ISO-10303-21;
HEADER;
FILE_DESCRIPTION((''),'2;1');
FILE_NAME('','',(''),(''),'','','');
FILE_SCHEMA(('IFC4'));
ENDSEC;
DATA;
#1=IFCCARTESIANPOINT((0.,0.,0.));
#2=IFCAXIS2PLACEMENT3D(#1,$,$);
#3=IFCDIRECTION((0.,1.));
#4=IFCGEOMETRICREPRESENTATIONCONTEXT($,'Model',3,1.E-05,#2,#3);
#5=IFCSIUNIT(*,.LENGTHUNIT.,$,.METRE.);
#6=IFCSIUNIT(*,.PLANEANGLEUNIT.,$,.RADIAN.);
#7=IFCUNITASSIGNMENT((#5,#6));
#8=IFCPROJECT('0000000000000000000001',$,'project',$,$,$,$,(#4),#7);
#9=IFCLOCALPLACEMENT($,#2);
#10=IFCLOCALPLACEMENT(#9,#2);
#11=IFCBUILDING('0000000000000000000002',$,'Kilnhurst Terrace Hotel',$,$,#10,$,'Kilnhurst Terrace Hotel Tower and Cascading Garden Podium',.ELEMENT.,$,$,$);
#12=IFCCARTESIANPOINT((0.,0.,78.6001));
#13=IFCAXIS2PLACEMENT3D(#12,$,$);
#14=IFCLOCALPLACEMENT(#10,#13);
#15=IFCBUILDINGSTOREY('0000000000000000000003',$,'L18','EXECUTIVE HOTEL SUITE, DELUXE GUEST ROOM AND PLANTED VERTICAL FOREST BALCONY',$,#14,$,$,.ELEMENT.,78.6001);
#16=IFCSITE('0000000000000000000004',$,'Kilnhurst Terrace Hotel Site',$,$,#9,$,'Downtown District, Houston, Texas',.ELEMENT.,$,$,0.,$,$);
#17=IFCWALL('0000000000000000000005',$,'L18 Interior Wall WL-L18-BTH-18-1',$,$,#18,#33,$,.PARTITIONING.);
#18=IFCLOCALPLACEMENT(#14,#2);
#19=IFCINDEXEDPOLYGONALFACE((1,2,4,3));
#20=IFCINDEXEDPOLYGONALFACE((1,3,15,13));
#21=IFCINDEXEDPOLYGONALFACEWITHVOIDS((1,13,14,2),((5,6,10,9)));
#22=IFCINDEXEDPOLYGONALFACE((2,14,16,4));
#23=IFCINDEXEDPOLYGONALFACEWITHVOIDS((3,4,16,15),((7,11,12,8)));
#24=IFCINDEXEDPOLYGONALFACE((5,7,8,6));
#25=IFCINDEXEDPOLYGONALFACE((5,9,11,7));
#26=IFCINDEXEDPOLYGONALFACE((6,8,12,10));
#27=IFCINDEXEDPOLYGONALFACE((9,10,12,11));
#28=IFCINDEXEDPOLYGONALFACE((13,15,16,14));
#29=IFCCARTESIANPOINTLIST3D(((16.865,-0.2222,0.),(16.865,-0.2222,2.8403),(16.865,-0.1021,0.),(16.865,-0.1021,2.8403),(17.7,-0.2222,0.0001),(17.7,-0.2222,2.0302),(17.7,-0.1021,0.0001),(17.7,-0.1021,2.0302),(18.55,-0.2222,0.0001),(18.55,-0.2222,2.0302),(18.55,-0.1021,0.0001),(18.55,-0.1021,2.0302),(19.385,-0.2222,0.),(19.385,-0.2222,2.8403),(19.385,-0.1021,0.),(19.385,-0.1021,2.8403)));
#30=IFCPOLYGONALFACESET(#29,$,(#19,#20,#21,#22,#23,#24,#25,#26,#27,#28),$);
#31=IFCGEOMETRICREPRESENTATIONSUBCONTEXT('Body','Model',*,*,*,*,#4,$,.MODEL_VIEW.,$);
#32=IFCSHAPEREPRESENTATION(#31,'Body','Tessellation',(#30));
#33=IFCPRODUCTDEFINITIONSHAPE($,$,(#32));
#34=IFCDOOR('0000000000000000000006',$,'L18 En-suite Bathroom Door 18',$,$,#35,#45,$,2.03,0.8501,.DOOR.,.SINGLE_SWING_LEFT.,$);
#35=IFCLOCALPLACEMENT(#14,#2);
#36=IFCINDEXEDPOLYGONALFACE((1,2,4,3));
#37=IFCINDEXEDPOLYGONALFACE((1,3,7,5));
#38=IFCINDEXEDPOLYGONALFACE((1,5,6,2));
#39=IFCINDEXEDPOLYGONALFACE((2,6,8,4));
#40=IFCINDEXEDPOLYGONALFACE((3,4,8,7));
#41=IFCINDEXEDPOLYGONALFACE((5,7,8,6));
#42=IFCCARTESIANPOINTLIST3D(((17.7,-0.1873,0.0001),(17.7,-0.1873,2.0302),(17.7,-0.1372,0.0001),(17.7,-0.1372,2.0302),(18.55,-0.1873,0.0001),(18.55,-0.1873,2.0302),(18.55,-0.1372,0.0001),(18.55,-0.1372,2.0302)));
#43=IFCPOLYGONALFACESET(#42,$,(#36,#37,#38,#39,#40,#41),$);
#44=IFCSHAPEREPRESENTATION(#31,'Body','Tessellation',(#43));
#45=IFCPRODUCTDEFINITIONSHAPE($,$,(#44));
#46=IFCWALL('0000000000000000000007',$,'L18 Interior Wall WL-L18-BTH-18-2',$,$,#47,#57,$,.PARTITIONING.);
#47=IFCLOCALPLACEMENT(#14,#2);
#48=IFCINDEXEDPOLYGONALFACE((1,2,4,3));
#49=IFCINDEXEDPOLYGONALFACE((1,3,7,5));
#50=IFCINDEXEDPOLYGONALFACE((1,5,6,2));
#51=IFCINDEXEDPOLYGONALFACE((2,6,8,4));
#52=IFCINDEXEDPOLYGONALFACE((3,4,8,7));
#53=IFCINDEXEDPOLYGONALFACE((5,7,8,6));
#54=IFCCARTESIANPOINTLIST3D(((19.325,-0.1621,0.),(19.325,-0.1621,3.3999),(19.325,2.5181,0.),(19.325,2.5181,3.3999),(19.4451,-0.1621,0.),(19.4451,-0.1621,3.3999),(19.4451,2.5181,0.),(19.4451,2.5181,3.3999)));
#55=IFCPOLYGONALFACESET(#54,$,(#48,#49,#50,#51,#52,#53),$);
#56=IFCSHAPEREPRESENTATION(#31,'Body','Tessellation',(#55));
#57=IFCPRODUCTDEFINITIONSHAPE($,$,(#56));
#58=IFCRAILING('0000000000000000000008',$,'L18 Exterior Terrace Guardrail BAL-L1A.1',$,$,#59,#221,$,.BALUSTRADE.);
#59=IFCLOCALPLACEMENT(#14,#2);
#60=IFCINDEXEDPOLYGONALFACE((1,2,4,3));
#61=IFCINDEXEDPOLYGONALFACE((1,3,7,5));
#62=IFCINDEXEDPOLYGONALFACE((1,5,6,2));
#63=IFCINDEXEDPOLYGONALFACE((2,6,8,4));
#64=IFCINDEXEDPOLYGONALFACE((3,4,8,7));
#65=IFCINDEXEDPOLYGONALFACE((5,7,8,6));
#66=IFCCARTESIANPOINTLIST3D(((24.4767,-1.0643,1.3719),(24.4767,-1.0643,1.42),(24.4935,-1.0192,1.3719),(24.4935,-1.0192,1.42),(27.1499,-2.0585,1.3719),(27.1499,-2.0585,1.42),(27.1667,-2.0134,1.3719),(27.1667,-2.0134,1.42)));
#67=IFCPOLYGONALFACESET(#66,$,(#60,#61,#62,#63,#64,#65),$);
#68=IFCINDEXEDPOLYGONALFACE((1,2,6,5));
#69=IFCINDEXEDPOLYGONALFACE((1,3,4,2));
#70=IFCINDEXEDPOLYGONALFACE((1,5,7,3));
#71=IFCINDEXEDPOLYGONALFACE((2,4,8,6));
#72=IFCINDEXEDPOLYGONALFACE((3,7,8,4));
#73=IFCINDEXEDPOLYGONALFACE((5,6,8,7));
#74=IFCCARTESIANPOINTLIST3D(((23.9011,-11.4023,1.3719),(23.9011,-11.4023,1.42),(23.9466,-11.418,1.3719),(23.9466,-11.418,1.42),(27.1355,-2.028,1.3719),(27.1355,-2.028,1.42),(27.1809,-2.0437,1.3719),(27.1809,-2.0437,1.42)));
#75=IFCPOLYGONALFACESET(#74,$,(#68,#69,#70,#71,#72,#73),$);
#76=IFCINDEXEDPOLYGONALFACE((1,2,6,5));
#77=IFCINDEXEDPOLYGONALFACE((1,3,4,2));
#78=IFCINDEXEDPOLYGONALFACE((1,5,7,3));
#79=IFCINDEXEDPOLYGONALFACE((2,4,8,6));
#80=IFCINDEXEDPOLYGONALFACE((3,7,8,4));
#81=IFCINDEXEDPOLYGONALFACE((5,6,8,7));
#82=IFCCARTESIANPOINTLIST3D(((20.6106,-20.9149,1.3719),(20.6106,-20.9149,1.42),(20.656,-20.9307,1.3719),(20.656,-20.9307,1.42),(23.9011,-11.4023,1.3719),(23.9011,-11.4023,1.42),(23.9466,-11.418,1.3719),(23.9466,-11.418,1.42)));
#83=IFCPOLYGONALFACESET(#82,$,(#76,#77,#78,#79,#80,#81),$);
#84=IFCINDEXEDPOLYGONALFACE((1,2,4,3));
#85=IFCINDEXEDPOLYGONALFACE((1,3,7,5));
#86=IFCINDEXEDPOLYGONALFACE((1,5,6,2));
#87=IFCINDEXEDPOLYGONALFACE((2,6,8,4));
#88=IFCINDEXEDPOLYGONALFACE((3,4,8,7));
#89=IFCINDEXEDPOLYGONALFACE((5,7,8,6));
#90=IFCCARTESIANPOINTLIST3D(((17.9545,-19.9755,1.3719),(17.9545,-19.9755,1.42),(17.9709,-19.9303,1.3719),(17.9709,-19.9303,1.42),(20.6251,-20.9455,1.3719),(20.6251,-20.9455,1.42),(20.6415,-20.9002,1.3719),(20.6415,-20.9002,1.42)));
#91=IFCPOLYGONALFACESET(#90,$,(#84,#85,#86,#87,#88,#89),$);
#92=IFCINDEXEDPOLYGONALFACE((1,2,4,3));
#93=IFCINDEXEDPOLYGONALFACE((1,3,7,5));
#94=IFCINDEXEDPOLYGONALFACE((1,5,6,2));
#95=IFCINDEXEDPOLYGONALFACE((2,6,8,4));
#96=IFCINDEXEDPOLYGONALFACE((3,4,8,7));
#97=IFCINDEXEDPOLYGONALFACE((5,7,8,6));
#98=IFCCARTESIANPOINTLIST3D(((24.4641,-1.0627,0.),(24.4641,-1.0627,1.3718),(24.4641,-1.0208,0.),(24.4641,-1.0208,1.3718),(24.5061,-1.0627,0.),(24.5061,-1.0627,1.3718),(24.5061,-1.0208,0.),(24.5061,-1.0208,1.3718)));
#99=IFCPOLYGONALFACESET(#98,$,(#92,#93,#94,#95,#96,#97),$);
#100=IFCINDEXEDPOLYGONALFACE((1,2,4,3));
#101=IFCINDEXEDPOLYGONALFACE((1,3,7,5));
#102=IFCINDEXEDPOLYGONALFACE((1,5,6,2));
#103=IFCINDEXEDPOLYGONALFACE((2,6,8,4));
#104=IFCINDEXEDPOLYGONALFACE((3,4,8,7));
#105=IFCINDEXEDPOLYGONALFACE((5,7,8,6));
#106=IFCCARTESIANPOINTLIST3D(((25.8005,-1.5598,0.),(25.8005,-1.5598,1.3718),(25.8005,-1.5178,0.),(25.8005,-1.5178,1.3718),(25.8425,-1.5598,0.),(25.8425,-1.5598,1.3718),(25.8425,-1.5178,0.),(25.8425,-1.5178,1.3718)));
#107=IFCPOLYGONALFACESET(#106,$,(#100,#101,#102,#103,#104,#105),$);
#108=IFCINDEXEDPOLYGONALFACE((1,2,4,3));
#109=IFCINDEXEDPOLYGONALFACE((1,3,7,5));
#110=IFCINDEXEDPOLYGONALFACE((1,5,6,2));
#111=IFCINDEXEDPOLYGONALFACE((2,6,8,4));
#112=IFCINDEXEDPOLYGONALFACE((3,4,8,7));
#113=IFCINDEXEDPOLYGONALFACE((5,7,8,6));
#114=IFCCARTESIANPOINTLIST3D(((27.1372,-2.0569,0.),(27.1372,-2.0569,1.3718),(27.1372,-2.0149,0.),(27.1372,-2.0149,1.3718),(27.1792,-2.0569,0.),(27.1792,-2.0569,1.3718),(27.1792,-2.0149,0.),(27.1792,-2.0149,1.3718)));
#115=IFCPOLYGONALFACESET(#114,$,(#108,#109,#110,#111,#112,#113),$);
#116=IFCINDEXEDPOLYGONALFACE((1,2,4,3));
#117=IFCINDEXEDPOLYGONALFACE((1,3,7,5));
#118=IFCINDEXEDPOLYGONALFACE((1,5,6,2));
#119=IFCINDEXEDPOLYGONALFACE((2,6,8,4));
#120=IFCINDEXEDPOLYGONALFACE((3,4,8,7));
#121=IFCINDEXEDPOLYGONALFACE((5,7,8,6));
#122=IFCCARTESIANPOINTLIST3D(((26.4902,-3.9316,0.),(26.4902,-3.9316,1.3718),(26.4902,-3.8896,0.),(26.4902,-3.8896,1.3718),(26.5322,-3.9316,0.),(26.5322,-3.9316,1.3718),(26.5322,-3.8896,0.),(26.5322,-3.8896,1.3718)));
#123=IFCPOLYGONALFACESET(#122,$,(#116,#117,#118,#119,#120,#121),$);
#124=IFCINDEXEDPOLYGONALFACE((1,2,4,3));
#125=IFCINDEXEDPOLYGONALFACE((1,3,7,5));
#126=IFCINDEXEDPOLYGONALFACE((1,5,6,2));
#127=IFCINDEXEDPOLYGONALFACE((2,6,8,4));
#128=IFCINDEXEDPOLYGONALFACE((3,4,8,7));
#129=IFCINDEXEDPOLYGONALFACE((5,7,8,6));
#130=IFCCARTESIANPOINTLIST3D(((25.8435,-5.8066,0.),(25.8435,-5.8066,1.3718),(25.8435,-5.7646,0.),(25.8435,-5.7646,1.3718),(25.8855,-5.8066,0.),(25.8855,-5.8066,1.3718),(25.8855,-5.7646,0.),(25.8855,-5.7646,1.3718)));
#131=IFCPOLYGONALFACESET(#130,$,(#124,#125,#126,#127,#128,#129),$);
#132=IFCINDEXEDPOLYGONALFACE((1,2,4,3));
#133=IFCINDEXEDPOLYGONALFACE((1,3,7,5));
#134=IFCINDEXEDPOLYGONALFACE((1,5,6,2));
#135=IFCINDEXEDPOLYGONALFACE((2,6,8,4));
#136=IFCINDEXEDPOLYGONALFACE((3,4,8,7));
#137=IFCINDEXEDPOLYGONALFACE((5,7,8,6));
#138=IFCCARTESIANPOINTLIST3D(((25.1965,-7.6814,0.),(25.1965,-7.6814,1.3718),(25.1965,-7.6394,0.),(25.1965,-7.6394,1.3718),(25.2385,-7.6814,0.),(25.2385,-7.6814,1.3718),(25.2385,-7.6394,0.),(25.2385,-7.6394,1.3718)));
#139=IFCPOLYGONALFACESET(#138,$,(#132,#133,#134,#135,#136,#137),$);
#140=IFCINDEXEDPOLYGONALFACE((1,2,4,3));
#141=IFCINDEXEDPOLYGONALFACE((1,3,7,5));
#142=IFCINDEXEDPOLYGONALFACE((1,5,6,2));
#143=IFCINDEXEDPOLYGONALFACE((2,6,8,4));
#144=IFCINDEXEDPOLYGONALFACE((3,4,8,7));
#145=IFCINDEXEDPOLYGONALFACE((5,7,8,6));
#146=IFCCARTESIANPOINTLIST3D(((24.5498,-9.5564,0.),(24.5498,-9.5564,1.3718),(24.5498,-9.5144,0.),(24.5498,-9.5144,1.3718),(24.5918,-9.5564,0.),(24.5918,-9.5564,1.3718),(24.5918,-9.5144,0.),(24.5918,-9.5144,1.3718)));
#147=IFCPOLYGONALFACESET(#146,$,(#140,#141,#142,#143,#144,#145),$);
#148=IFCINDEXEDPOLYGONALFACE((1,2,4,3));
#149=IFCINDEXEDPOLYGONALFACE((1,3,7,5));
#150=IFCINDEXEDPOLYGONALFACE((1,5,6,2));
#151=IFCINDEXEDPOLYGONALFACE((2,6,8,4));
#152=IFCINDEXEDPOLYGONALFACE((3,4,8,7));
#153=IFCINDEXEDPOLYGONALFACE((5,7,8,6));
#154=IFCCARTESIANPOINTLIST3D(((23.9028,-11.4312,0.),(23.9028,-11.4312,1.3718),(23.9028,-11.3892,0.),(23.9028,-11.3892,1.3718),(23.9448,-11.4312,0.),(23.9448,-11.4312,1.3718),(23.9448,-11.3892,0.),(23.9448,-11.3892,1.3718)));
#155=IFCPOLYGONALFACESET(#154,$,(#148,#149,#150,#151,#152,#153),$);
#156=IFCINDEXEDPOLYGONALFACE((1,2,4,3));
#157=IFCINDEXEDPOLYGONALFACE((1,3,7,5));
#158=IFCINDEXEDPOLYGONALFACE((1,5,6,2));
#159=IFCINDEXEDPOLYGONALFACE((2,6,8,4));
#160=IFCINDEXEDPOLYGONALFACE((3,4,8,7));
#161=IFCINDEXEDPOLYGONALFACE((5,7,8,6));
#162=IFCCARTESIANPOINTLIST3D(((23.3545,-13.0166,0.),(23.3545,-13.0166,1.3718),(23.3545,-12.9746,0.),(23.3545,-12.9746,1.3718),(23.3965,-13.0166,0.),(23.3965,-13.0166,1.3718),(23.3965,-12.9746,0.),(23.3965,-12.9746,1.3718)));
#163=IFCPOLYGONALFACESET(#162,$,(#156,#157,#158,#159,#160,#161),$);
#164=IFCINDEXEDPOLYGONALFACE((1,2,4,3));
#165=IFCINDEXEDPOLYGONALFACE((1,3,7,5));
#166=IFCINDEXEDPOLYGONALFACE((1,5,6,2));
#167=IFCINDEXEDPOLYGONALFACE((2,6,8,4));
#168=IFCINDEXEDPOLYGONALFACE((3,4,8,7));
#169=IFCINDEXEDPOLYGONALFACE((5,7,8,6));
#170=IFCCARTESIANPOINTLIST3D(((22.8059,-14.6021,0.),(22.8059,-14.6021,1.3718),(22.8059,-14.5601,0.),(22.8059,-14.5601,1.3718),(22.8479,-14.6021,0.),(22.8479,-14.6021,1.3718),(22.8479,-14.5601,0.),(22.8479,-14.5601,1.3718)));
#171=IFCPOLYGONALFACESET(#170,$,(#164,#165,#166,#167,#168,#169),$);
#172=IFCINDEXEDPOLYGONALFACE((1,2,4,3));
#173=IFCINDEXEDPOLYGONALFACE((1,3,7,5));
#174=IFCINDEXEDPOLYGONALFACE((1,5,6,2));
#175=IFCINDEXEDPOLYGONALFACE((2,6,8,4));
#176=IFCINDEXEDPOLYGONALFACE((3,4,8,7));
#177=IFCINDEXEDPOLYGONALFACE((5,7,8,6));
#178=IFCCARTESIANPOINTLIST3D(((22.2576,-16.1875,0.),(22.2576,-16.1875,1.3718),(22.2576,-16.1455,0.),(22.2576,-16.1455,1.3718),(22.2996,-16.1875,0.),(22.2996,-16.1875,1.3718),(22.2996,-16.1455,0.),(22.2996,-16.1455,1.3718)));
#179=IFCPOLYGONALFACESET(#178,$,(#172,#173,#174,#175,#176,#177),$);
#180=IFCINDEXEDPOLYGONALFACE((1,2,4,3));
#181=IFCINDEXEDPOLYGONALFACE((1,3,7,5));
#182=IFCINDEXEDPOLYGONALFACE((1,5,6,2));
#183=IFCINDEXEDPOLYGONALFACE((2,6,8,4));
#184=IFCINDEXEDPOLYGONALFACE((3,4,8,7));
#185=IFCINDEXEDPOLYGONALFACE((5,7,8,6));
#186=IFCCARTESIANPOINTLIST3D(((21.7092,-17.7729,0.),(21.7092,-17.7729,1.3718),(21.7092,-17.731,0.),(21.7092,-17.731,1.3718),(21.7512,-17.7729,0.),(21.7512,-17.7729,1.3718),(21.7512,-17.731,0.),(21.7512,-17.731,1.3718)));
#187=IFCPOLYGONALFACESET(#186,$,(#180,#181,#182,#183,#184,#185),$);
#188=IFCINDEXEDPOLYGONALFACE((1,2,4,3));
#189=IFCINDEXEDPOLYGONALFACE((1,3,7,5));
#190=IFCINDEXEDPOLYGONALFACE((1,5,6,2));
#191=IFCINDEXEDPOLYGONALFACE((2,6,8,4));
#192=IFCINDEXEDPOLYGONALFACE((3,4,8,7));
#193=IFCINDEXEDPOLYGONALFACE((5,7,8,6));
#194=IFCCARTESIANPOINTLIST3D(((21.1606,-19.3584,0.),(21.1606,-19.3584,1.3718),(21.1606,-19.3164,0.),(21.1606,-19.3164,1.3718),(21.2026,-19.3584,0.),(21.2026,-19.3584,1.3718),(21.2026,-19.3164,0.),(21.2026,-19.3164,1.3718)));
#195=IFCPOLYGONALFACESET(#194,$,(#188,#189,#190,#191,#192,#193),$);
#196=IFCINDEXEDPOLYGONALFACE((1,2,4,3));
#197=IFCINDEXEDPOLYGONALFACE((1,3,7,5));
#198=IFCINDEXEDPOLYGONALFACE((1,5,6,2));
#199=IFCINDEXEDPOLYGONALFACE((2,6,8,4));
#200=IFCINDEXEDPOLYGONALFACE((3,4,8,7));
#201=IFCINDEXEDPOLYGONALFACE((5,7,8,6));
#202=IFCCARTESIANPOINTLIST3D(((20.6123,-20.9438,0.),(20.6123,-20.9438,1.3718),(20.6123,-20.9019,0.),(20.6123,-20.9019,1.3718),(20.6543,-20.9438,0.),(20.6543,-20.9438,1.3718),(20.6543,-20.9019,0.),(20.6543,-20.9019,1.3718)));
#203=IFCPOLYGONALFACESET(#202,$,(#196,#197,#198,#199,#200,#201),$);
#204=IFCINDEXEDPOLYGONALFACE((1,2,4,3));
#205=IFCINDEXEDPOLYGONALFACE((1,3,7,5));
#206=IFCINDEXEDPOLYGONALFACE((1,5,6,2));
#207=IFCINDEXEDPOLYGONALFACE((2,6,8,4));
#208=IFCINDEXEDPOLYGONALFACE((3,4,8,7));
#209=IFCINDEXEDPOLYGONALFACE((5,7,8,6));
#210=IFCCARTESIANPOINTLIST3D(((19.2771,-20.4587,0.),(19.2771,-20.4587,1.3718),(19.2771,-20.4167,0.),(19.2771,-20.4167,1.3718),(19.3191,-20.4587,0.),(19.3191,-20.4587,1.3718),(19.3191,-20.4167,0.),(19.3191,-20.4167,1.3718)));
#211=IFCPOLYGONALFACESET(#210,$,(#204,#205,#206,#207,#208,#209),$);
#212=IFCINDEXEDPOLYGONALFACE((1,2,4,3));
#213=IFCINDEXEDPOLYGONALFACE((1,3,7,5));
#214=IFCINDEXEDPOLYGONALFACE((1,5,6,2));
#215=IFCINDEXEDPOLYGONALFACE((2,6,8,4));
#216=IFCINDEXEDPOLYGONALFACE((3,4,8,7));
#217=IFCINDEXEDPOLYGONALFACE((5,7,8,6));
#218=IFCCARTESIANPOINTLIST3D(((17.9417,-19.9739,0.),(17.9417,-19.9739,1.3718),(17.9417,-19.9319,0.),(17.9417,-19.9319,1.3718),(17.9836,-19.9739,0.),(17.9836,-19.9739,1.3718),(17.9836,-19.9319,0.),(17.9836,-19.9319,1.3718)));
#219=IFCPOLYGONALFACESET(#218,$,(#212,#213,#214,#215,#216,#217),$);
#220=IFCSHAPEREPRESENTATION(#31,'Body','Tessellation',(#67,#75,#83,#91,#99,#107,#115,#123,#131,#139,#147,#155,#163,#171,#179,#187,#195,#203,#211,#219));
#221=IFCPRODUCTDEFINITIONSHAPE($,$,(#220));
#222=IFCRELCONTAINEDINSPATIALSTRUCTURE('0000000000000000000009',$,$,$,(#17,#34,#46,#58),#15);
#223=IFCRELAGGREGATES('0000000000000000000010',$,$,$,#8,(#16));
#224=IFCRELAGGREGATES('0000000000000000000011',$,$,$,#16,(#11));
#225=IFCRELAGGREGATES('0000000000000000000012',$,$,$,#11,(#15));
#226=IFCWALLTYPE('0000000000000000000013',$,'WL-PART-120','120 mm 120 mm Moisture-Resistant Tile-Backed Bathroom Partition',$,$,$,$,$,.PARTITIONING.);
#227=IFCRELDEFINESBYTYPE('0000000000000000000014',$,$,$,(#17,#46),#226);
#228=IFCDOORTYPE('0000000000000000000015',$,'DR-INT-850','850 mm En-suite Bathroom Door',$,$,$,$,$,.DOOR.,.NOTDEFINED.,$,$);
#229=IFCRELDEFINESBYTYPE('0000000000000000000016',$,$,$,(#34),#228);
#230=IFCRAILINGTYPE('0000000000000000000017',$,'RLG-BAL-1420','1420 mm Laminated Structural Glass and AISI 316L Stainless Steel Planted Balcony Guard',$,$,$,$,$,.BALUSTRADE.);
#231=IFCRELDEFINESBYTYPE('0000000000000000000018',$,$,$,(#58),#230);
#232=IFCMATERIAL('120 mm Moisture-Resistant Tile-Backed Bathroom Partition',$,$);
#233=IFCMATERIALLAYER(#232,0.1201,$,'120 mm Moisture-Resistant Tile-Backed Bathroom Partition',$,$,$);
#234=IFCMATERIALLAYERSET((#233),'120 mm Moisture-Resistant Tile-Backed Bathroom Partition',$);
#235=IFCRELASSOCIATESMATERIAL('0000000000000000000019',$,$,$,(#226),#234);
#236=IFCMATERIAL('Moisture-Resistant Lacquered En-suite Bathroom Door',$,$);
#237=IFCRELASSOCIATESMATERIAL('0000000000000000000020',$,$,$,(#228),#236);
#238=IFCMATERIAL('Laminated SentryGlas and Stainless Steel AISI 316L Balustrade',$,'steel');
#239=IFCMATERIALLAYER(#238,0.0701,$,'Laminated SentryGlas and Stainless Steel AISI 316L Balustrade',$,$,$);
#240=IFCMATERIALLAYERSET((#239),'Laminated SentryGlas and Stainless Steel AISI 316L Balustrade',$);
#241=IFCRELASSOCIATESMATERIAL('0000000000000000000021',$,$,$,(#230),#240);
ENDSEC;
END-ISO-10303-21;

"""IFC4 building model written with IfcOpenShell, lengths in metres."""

from ifc_helpers import new_model, si_unit, direction, frame, frame_2d, origin, origin_2d, place, context, subcontext, project, spatial, rectangle, extrude, material, layer, layer_set, type_object, element, fill, save


model = new_model("IFC4")

# Units and contexts
model_context = context("Model", 3, precision=1e-05, world=origin(), true_north=direction((0.0, 1.0)))
body_context = subcontext(model_context, "Body", "Model", "MODEL_VIEW")
ifc_project = project(units=[si_unit("LENGTHUNIT", "METRE"), si_unit("PLANEANGLEUNIT", "RADIAN")], contexts=[model_context])

# Site, building, storey
site_placement = place(None, origin())
site = spatial("IfcSite", under=ifc_project, at=site_placement, Name="Kilnhurst Terrace Hotel Site", LongName="Downtown District, Houston, Texas", CompositionType="ELEMENT", RefElevation=0.0)
building_placement = place(site_placement, origin())
building = spatial("IfcBuilding", under=site, at=building_placement, Name="Kilnhurst Terrace Hotel", LongName="Kilnhurst Terrace Hotel Tower and Cascading Garden Podium", CompositionType="ELEMENT")
storey_placement = place(building_placement, frame((0.0, 0.0, 78.6001)))
storey = spatial("IfcBuildingStorey", under=building, at=storey_placement, Name="L18", Description="EXECUTIVE HOTEL SUITE, DELUXE GUEST ROOM AND PLANTED VERTICAL FOREST BALCONY", CompositionType="ELEMENT", Elevation=78.6001)

# Shared definitions
ifc_material_1 = material(Name="120 mm Moisture-Resistant Tile-Backed Bathroom Partition")
ifc_layer_1 = layer(ifc_material_1, 0.1201, Name="120 mm Moisture-Resistant Tile-Backed Bathroom Partition")
ifc_layer_set_1 = layer_set([ifc_layer_1], Name="120 mm Moisture-Resistant Tile-Backed Bathroom Partition")
wall_type_1 = type_object("IfcWallType", Name="WL-PART-120", Description="120 mm 120 mm Moisture-Resistant Tile-Backed Bathroom Partition", PredefinedType="PARTITIONING", material=ifc_layer_set_1)

# Wall, opening, door
wall_1_placement = place(storey_placement, frame((16.865, -0.1621, 0.0), z_axis=(0.0, 0.0, 1.0), x_axis=(1.0, 0.0, 0.0)))
wall_1 = element("IfcWall", 1, at=wall_1_placement, inside=storey, type_object=wall_type_1, Name="L18 Interior Wall WL-L18-BTH-18-1", PredefinedType="PARTITIONING", context=body_context, shape_type="SweptSolid", body=[
    extrude(rectangle(XDim=2.52, YDim=0.1201, at=frame_2d((1.26, 0.0))), origin(), (0.0, 0.0, 1.0), 2.8403),
])
opening_1_placement = place(wall_1_placement, frame((0.835, 0.0, 0.0)))
opening_1 = element("IfcOpeningElement", 2, at=opening_1_placement, cuts=wall_1, PredefinedType="OPENING", context=body_context, shape_type="SweptSolid", body=[
    extrude(rectangle(XDim=0.8501, YDim=2.03, at=frame_2d((0.425, 1.0151))), frame((0.0, 0.0701, 0.0), z_axis=(0.0, -1.0, 0.0), x_axis=(1.0, 0.0, 0.0)), (0.0, 0.0, 1.0), 0.1401),
])
ifc_material_2 = material(Name="Moisture-Resistant Lacquered En-suite Bathroom Door")
door_type_1 = type_object("IfcDoorType", Name="DR-INT-850", Description="850 mm En-suite Bathroom Door", OperationType="NOTDEFINED", PredefinedType="DOOR", material=ifc_material_2)
door_1_placement = place(opening_1_placement, origin())
door_1 = element("IfcDoor", 3, at=door_1_placement, inside=storey, type_object=door_type_1, Name="L18 En-suite Bathroom Door 18", OperationType="SINGLE_SWING_LEFT", OverallHeight=2.03, OverallWidth=0.8501, PredefinedType="DOOR", context=body_context, shape_type="SweptSolid", body=[
    extrude(rectangle(XDim=0.8501, YDim=2.03, at=frame_2d((0.425, 1.0151))), frame((0.0, 0.0249, 0.0), z_axis=(0.0, -1.0, 0.0), x_axis=(1.0, 0.0, 0.0)), (0.0, 0.0, 1.0), 0.05),
])
fill(opening_1, door_1)

# Wall
wall_2_placement = place(storey_placement, frame((19.385, -0.1621, 0.0), z_axis=(0.0, 0.0, 1.0), x_axis=(0.0, 1.0, 0.0)))
element("IfcWall", 4, at=wall_2_placement, inside=storey, type_object=wall_type_1, Name="L18 Interior Wall WL-L18-BTH-18-2", PredefinedType="PARTITIONING", context=body_context, shape_type="SweptSolid", body=[
    extrude(rectangle(XDim=2.6802, YDim=0.1201, at=frame_2d((1.3401, 0.0))), origin(), (0.0, 0.0, 1.0), 3.3999),
])

# Railing
ifc_material_3 = material(Name="Laminated SentryGlas and Stainless Steel AISI 316L Balustrade", Category="steel")
ifc_layer_2 = layer(ifc_material_3, 0.0701, Name="Laminated SentryGlas and Stainless Steel AISI 316L Balustrade")
ifc_layer_set_2 = layer_set([ifc_layer_2], Name="Laminated SentryGlas and Stainless Steel AISI 316L Balustrade")
railing_type = type_object("IfcRailingType", Name="RLG-BAL-1420", Description="1420 mm Laminated Structural Glass and AISI 316L Stainless Steel Planted Balcony Guard", PredefinedType="BALUSTRADE", material=ifc_layer_set_2)
railing_placement = place(storey_placement, frame((24.4851, -1.0417, 0.0)))
element("IfcRailing", 5, at=railing_placement, inside=storey, type_object=railing_type, Name="L18 Exterior Terrace Guardrail BAL-L1A.1", PredefinedType="BALUSTRADE", context=body_context, shape_type="SweptSolid", body=[
    extrude(rectangle(XDim=0.0481, YDim=0.0481, at=origin_2d()), frame((0.0, 0.0, 1.396), z_axis=(0.937279, -0.34858, 0.0), x_axis=(0.34858, 0.937279, 0.0)), (0.0, 0.0, 1.0), 2.8521),
    extrude(rectangle(XDim=0.0481, YDim=0.0481, at=origin_2d()), frame((2.6731, -0.9941, 1.396), z_axis=(-0.326159, -0.945315, 0.0), x_axis=(0.945315, -0.326159, 0.0)), (0.0, 0.0, 1.0), 9.9165),
    extrude(rectangle(XDim=0.0481, YDim=0.0481, at=origin_2d()), frame((-0.5613, -10.3684, 1.396), z_axis=(-0.326904, -0.945058, 0.0), x_axis=(0.945058, -0.326904, 0.0)), (0.0, 0.0, 1.0), 10.0657),
    extrude(rectangle(XDim=0.0481, YDim=0.0481, at=origin_2d()), frame((-3.8518, -19.8811, 1.396), z_axis=(-0.939926, 0.341377, 0.0), x_axis=(-0.341377, -0.939926, 0.0)), (0.0, 0.0, 1.0), 2.8413),
    extrude(rectangle(XDim=0.042, YDim=0.042, at=origin_2d()), origin(), (0.0, 0.0, 1.0), 1.3718),
    extrude(rectangle(XDim=0.042, YDim=0.042, at=origin_2d()), frame((1.3364, -0.4971, 0.0)), (0.0, 0.0, 1.0), 1.3718),
    extrude(rectangle(XDim=0.042, YDim=0.042, at=origin_2d()), frame((2.6731, -0.9941, 0.0)), (0.0, 0.0, 1.0), 1.3718),
    extrude(rectangle(XDim=0.042, YDim=0.042, at=origin_2d()), frame((2.0261, -2.8689, 0.0)), (0.0, 0.0, 1.0), 1.3718),
    extrude(rectangle(XDim=0.042, YDim=0.042, at=origin_2d()), frame((1.3794, -4.7439, 0.0)), (0.0, 0.0, 1.0), 1.3718),
    extrude(rectangle(XDim=0.042, YDim=0.042, at=origin_2d()), frame((0.7324, -6.6187, 0.0)), (0.0, 0.0, 1.0), 1.3718),
    extrude(rectangle(XDim=0.042, YDim=0.042, at=origin_2d()), frame((0.0857, -8.4937, 0.0)), (0.0, 0.0, 1.0), 1.3718),
    extrude(rectangle(XDim=0.042, YDim=0.042, at=origin_2d()), frame((-0.5613, -10.3684, 0.0)), (0.0, 0.0, 1.0), 1.3718),
    extrude(rectangle(XDim=0.042, YDim=0.042, at=origin_2d()), frame((-1.1096, -11.9539, 0.0)), (0.0, 0.0, 1.0), 1.3718),
    extrude(rectangle(XDim=0.042, YDim=0.042, at=origin_2d()), frame((-1.6582, -13.5393, 0.0)), (0.0, 0.0, 1.0), 1.3718),
    extrude(rectangle(XDim=0.042, YDim=0.042, at=origin_2d()), frame((-2.2065, -15.1248, 0.0)), (0.0, 0.0, 1.0), 1.3718),
    extrude(rectangle(XDim=0.042, YDim=0.042, at=origin_2d()), frame((-2.7549, -16.7102, 0.0)), (0.0, 0.0, 1.0), 1.3718),
    extrude(rectangle(XDim=0.042, YDim=0.042, at=origin_2d()), frame((-3.3035, -18.2957, 0.0)), (0.0, 0.0, 1.0), 1.3718),
    extrude(rectangle(XDim=0.042, YDim=0.042, at=origin_2d()), frame((-3.8518, -19.8811, 0.0)), (0.0, 0.0, 1.0), 1.3718),
    extrude(rectangle(XDim=0.042, YDim=0.042, at=origin_2d()), frame((-5.187, -19.396, 0.0)), (0.0, 0.0, 1.0), 1.3718),
    extrude(rectangle(XDim=0.042, YDim=0.042, at=origin_2d()), frame((-6.5225, -18.9111, 0.0)), (0.0, 0.0, 1.0), 1.3718),
])

save(model, "model.ifc")
